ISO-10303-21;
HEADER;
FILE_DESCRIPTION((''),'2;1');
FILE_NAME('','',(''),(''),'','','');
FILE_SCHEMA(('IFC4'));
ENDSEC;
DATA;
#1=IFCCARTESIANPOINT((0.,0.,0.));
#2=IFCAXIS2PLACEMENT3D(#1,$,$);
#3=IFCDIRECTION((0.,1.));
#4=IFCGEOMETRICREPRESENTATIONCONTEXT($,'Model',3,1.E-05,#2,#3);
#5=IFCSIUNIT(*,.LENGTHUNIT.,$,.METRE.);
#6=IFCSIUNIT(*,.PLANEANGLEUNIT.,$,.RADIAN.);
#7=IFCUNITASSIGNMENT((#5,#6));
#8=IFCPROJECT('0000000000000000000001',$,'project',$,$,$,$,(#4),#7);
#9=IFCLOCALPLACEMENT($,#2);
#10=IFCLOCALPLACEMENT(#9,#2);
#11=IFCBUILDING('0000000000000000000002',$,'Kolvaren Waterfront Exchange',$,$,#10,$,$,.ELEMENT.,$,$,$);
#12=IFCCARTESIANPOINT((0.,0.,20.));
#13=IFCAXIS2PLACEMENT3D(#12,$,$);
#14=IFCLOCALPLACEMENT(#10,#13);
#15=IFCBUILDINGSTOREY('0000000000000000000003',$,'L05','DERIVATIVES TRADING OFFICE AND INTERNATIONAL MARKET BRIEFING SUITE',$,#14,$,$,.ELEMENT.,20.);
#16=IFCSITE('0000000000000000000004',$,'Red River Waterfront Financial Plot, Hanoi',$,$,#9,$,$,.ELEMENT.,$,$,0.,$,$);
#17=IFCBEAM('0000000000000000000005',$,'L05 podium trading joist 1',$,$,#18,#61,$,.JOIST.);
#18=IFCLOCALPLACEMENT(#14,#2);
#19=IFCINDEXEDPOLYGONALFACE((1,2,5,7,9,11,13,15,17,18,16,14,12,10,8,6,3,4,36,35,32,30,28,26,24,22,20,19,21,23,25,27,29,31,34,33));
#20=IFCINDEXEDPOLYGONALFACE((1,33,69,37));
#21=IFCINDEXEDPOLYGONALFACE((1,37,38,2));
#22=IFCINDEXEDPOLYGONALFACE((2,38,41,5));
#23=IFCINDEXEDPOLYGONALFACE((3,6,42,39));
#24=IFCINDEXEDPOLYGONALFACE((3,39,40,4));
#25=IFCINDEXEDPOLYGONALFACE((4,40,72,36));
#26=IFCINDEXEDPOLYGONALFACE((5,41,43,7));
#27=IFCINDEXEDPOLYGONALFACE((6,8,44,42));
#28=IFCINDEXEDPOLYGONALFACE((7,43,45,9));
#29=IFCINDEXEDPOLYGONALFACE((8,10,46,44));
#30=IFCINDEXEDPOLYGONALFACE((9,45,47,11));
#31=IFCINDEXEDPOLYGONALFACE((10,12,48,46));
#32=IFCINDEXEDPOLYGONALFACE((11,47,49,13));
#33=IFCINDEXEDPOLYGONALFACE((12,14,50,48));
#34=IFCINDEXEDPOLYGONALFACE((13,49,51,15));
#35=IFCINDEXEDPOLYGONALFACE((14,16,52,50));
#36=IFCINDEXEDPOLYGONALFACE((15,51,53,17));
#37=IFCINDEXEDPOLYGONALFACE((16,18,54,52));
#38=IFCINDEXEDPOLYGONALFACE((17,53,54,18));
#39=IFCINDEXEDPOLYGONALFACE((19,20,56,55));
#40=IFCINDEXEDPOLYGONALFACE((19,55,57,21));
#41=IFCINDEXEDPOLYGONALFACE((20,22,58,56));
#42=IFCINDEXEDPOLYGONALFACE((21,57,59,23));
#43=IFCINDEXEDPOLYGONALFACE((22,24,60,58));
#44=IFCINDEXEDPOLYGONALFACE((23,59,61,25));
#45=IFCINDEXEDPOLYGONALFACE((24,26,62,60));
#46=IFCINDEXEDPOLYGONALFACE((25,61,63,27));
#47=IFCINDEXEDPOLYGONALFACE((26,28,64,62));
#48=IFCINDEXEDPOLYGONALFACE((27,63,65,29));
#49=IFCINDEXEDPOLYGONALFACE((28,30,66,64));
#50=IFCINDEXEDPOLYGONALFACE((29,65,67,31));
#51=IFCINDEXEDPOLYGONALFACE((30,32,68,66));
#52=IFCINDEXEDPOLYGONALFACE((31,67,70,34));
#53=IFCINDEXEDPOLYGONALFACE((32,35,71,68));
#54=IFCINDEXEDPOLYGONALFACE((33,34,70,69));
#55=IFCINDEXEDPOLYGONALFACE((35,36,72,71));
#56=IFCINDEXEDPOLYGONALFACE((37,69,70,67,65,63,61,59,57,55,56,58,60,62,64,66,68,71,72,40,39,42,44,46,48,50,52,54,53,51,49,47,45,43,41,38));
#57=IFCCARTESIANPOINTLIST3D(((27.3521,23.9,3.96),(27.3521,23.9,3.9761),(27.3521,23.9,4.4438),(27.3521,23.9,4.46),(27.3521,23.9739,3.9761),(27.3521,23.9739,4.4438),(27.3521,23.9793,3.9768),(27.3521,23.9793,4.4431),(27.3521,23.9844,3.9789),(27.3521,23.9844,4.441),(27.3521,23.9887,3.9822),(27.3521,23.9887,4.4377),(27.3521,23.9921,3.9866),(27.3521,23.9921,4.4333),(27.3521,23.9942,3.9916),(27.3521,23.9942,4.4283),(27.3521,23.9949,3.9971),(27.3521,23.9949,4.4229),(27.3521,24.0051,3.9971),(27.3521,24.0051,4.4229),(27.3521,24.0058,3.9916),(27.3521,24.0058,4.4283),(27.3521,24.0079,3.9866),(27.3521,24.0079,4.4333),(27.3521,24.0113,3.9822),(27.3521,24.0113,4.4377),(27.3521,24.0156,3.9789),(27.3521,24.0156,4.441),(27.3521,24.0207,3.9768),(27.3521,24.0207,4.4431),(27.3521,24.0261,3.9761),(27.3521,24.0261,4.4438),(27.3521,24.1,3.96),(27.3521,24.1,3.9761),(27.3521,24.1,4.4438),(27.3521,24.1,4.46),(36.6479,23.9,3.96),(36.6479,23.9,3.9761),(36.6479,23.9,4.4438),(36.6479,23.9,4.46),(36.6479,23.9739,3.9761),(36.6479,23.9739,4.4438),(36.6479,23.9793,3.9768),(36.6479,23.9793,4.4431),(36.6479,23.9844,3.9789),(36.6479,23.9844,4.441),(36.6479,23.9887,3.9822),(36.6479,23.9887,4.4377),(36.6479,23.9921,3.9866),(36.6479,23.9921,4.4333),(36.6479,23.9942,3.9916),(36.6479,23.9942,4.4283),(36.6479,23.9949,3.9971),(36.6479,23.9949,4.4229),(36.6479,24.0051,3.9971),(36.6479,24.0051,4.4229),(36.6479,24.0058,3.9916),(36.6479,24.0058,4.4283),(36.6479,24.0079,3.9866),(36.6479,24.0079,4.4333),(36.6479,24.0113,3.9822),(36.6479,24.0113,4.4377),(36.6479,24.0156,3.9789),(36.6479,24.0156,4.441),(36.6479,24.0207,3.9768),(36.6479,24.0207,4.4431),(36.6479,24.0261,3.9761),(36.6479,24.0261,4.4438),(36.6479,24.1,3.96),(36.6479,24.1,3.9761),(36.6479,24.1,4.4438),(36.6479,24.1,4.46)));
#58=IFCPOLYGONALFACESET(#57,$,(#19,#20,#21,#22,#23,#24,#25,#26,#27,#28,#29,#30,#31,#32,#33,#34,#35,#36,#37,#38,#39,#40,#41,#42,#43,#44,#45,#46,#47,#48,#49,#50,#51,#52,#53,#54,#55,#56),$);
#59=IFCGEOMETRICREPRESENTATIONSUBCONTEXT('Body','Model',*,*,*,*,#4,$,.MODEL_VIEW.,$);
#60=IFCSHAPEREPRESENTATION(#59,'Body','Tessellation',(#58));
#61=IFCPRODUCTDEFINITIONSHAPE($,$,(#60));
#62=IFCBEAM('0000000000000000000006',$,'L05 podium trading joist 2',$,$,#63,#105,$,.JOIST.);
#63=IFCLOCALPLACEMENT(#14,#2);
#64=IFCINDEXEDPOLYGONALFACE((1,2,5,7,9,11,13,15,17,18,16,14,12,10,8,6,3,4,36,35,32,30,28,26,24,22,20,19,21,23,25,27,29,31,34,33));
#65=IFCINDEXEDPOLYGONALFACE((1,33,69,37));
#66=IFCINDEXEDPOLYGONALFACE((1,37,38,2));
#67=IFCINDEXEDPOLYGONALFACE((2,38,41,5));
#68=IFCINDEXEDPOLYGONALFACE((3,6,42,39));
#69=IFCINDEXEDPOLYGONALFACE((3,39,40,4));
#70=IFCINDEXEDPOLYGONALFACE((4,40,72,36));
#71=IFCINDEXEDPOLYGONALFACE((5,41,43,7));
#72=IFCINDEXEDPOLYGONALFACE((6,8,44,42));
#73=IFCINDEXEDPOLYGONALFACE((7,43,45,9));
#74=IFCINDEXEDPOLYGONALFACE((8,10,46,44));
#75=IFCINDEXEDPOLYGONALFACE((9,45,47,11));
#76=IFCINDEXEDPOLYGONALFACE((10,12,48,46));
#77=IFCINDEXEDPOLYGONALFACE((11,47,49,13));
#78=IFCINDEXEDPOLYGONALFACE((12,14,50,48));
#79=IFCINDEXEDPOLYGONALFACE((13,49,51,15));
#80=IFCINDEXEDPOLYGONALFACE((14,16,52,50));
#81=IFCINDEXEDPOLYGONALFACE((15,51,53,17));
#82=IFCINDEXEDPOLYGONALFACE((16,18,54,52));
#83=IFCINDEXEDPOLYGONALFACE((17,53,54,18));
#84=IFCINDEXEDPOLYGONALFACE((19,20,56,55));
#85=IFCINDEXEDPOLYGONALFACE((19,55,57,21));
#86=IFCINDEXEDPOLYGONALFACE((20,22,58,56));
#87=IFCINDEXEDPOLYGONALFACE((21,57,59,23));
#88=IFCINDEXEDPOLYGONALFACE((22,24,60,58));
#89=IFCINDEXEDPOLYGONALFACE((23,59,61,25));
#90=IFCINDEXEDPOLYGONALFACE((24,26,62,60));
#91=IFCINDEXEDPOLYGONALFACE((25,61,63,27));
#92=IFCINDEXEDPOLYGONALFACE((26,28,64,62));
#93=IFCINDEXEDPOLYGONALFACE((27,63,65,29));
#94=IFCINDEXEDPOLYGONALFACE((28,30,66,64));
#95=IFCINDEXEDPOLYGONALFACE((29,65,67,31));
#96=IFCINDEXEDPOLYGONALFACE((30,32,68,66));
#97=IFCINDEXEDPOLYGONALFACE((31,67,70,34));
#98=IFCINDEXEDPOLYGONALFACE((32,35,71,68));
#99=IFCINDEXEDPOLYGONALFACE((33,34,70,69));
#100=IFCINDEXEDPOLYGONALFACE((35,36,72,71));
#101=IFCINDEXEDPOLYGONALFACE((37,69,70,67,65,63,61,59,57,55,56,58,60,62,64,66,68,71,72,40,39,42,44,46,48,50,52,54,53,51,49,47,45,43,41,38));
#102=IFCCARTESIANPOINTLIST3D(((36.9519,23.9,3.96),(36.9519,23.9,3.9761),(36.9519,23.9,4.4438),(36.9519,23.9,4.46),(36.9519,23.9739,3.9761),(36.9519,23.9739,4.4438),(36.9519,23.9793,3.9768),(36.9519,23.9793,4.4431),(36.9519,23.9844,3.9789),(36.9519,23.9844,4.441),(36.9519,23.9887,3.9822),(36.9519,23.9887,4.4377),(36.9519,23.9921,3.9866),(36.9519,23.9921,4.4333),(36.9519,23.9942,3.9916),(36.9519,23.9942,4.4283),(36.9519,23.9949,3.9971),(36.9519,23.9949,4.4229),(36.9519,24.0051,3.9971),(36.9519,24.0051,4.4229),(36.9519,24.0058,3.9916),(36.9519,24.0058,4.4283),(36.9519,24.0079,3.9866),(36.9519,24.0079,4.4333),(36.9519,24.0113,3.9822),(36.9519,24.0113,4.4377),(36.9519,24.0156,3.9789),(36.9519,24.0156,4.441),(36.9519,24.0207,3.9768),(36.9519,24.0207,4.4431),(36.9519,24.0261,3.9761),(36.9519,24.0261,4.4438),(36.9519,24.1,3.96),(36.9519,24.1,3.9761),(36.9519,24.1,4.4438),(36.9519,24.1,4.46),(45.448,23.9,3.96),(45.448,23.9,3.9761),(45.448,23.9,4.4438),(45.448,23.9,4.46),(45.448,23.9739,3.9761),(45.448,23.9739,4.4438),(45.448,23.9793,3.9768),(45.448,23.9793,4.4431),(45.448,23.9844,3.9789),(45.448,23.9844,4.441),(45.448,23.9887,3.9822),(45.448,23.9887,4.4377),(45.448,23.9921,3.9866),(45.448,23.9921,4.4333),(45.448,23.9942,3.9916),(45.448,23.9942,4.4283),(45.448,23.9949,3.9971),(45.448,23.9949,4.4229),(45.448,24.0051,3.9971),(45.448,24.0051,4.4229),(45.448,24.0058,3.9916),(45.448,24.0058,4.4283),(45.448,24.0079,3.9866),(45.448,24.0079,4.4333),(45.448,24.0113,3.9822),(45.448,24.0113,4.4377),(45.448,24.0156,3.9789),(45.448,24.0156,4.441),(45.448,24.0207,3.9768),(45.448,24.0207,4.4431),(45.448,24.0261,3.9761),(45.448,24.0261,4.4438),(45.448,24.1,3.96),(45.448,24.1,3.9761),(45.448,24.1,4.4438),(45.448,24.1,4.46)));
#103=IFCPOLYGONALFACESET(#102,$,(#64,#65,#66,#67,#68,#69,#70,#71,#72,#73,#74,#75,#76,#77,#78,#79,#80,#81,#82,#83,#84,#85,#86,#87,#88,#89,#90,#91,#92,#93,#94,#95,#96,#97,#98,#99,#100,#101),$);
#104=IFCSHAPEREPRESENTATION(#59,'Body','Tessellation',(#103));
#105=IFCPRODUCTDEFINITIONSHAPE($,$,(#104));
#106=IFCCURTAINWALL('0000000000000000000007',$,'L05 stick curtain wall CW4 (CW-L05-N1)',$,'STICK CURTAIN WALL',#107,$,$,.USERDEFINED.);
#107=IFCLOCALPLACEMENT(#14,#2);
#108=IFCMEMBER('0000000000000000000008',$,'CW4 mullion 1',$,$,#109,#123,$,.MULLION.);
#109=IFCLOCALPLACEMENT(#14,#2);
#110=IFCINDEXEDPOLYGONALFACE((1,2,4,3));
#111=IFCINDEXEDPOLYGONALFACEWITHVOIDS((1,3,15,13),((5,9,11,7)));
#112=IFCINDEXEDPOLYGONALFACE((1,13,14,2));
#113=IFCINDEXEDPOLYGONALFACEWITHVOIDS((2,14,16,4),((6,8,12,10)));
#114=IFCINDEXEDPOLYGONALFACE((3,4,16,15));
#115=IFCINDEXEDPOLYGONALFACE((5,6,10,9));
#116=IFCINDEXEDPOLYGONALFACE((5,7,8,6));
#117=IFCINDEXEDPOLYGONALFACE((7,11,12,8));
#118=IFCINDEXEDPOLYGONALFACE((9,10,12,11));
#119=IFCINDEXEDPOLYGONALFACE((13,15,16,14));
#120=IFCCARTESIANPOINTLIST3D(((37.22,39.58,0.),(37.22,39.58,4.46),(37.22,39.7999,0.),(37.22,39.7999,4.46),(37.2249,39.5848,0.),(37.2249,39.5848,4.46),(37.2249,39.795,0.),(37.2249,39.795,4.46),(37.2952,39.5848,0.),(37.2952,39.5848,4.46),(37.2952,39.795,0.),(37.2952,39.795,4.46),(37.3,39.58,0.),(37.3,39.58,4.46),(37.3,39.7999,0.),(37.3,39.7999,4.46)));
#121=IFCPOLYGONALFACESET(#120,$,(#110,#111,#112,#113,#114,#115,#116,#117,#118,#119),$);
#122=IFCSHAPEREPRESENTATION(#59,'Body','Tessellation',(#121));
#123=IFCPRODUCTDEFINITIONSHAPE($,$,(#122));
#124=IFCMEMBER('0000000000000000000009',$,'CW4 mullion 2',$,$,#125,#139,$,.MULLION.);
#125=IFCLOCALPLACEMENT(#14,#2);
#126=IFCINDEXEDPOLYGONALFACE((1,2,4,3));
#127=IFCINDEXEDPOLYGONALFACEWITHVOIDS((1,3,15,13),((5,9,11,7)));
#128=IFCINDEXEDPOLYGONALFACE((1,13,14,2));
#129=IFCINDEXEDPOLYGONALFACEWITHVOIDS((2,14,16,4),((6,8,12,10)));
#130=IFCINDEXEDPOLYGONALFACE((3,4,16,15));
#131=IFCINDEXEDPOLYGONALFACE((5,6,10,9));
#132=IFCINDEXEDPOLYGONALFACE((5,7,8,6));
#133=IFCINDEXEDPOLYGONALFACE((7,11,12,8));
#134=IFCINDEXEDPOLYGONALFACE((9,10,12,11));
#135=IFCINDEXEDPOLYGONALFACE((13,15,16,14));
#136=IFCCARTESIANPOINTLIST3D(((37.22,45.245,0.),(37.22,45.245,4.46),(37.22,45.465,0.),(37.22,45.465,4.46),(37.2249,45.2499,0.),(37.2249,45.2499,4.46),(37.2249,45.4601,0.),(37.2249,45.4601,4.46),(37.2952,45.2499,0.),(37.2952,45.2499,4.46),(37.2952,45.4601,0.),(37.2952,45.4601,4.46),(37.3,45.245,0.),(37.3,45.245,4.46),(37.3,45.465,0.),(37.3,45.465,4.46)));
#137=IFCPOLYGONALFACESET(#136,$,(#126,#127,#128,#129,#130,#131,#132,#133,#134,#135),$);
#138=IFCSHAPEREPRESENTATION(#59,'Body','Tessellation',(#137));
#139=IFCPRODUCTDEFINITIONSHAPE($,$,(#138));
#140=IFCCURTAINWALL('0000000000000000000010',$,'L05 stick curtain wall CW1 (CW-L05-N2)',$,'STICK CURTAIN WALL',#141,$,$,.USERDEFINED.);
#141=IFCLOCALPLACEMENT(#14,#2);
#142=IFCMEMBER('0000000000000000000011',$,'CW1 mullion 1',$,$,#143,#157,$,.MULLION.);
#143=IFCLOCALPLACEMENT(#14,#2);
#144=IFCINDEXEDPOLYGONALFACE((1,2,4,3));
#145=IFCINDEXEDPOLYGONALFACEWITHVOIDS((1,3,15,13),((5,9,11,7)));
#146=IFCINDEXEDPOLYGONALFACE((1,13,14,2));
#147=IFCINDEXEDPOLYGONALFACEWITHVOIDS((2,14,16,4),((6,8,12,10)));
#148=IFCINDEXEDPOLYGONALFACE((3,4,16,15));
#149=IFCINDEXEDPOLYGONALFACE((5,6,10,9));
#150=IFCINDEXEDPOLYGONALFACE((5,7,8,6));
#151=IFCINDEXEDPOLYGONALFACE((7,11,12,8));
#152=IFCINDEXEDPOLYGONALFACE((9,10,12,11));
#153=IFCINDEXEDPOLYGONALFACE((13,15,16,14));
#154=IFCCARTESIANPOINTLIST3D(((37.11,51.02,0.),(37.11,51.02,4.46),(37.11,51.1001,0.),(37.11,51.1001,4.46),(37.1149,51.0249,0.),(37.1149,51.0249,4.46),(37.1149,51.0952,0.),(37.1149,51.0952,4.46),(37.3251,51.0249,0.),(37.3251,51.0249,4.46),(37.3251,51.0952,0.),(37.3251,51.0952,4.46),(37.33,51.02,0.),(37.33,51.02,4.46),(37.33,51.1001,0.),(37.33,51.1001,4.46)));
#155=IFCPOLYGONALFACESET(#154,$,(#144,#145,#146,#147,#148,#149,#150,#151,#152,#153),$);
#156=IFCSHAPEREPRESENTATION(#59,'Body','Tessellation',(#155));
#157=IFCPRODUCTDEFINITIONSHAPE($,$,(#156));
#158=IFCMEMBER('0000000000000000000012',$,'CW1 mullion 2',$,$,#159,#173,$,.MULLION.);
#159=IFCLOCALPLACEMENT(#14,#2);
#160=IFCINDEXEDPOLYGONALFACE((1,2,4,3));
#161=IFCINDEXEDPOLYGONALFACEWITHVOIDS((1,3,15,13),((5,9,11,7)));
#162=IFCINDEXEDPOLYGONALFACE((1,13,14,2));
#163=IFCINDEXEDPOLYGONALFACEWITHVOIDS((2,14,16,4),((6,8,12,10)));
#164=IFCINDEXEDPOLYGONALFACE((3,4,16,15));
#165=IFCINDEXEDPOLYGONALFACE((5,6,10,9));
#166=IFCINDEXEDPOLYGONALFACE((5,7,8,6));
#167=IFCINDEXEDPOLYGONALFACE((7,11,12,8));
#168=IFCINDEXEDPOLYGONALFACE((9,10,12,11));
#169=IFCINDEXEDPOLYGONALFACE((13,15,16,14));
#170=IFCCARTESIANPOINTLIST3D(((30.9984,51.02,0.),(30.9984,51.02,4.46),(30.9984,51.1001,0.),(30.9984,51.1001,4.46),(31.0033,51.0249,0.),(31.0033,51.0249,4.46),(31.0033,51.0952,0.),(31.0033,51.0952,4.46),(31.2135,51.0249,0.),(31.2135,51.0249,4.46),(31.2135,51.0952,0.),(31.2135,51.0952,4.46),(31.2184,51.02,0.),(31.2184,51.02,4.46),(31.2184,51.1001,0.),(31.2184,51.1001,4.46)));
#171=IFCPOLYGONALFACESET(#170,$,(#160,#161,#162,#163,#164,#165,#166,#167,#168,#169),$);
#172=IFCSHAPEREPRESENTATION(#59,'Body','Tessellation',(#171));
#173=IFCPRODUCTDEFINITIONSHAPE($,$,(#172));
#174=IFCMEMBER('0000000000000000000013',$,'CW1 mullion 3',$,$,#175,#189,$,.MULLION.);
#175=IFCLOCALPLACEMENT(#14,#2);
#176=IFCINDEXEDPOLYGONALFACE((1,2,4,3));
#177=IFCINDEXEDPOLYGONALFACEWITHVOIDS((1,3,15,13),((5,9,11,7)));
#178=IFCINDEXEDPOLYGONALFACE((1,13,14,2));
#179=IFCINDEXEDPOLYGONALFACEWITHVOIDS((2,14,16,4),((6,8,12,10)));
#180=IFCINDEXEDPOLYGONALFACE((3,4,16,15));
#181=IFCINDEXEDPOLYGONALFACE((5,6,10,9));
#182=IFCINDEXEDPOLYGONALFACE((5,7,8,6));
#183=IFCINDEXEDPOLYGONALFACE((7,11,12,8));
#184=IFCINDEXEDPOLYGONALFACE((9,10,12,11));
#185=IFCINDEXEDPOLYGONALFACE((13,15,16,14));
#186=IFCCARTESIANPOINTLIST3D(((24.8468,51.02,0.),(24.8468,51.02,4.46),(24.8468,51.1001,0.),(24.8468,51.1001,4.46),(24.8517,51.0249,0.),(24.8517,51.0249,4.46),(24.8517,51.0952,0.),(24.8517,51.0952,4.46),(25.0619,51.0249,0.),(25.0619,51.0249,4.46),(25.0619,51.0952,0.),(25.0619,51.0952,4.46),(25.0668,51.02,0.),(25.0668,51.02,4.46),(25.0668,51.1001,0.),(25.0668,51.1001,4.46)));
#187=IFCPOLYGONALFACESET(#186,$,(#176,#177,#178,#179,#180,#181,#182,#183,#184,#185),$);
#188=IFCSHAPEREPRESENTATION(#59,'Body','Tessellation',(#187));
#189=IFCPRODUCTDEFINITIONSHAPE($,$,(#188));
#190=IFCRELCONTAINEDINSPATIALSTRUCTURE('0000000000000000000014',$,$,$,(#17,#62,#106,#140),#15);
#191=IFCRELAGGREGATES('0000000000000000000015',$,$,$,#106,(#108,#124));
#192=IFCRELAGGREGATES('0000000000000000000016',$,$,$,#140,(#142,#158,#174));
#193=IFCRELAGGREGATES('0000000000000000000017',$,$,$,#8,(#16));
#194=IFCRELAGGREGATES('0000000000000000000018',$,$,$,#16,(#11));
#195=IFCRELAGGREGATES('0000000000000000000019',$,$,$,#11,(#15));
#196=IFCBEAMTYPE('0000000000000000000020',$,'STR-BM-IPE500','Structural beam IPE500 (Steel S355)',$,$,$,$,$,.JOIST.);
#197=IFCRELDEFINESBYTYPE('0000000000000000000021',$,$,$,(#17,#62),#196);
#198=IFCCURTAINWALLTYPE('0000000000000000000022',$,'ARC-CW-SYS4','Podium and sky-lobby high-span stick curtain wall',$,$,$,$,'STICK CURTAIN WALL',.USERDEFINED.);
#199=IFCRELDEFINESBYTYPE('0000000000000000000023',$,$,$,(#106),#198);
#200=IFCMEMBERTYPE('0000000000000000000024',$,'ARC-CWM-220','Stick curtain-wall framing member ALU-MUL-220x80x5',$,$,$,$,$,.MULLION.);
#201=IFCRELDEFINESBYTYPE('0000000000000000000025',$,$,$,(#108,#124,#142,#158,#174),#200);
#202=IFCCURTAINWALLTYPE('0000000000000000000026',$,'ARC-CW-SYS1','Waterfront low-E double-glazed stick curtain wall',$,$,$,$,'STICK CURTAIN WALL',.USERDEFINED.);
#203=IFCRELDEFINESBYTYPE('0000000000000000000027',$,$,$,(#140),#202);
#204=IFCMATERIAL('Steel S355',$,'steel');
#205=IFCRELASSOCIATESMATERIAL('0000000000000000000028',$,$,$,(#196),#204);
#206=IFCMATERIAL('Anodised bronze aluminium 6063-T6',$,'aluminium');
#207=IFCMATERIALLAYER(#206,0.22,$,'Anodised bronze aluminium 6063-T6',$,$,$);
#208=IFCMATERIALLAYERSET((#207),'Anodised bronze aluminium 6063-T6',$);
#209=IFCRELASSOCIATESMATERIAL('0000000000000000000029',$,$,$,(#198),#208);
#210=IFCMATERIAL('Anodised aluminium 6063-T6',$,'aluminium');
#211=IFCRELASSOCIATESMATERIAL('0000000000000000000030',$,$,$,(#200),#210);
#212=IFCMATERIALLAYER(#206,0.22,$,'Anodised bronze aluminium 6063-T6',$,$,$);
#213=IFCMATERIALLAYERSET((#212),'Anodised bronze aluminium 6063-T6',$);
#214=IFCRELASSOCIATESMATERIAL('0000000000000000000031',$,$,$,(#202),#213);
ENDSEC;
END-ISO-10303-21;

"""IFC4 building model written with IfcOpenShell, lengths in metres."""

from ifc_helpers import new_model, si_unit, direction, frame, origin, origin_with_axes, origin_2d, place, context, subcontext, project, spatial, hollow_rectangle, i_section, extrude, source, transform, mapped, material, layer, layer_set, material_profile, profile_set, type_object, element, aggregate, save


model = new_model("IFC4")

# Units and contexts
model_context = context("Model", 3, precision=1e-05, world=origin(), true_north=direction((0.0, 1.0)))
body_context = subcontext(model_context, "Body", "Model", "MODEL_VIEW")
ifc_project = project(units=[si_unit("LENGTHUNIT", "METRE"), si_unit("PLANEANGLEUNIT", "RADIAN")], contexts=[model_context])

# Site, building, storey
site_placement = place(None, origin())
site = spatial("IfcSite", under=ifc_project, at=site_placement, Name="Red River Waterfront Financial Plot, Hanoi", CompositionType="ELEMENT", RefElevation=0.0)
building_placement = place(site_placement, origin())
building = spatial("IfcBuilding", under=site, at=building_placement, Name="Kolvaren Waterfront Exchange", CompositionType="ELEMENT")
storey_placement = place(building_placement, frame((0.0, 0.0, 20.0)))
storey = spatial("IfcBuildingStorey", under=building, at=storey_placement, Name="L05", Description="DERIVATIVES TRADING OFFICE AND INTERNATIONAL MARKET BRIEFING SUITE", CompositionType="ELEMENT", Elevation=20.0)

# Beams
ifc_material_1 = material(Name="Steel S355", Category="steel")
ifc_material_profile_1 = material_profile(ifc_material_1, i_section(OverallWidth=0.2, OverallDepth=0.5, WebThickness=0.0103, FlangeThickness=0.0161, FilletRadius=0.021, at=origin_2d()), Name="IPE500")
ifc_profile_set_1 = profile_set([ifc_material_profile_1], Name="Steel S355")
beam_type_1 = type_object("IfcBeamType", Name="STR-BM-IPE500", Description="Structural beam IPE500 (Steel S355)", PredefinedType="JOIST", material=ifc_profile_set_1)
beam_1_placement = place(storey_placement, frame((27.3521, 24.0, 4.21), z_axis=(1.0, 0.0, 0.0), x_axis=(0.0, 1.0, 0.0)))
element("IfcBeam", 1, at=beam_1_placement, inside=storey, type_object=beam_type_1, Name="L05 podium trading joist 1", PredefinedType="JOIST", context=body_context, shape_type="SweptSolid", body=[
    extrude(i_section(OverallWidth=0.2, OverallDepth=0.5, WebThickness=0.0103, FlangeThickness=0.0161, FilletRadius=0.021, at=origin_2d()), origin(), (0.0, 0.0, 1.0), 9.2959),
])
beam_2_placement = place(storey_placement, frame((36.9519, 24.0, 4.21), z_axis=(1.0, 0.0, 0.0), x_axis=(0.0, 1.0, 0.0)))
element("IfcBeam", 2, at=beam_2_placement, inside=storey, type_object=beam_type_1, Name="L05 podium trading joist 2", PredefinedType="JOIST", context=body_context, shape_type="SweptSolid", body=[
    extrude(i_section(OverallWidth=0.2, OverallDepth=0.5, WebThickness=0.0103, FlangeThickness=0.0161, FilletRadius=0.021, at=origin_2d()), origin(), (0.0, 0.0, 1.0), 8.4961),
])

# Curtain walls, members
ifc_material_2 = material(Name="Anodised bronze aluminium 6063-T6", Category="aluminium")
ifc_layer_1 = layer(ifc_material_2, 0.22, Name="Anodised bronze aluminium 6063-T6")
ifc_layer_set_1 = layer_set([ifc_layer_1], Name="Anodised bronze aluminium 6063-T6")
curtain_wall_type_1 = type_object("IfcCurtainWallType", Name="ARC-CW-SYS4", Description="Podium and sky-lobby high-span stick curtain wall", ElementType="STICK CURTAIN WALL", PredefinedType="USERDEFINED", material=ifc_layer_set_1)
curtain_wall_1_placement = place(storey_placement, origin())
curtain_wall_1 = element("IfcCurtainWall", 3, at=curtain_wall_1_placement, inside=storey, type_object=curtain_wall_type_1, Name="L05 stick curtain wall CW4 (CW-L05-N1)", ObjectType="STICK CURTAIN WALL", PredefinedType="USERDEFINED")
ifc_material_3 = material(Name="Anodised aluminium 6063-T6", Category="aluminium")
ifc_material_profile_2 = material_profile(ifc_material_3, hollow_rectangle(XDim=0.0801, YDim=0.22, WallThickness=0.0049, at=origin_2d()), Name="ALU-MUL-220x80x5")
ifc_profile_set_2 = profile_set([ifc_material_profile_2], Name="Anodised aluminium 6063-T6")
member_type_1 = type_object("IfcMemberType", Name="ARC-CWM-220", Description="Stick curtain-wall framing member ALU-MUL-220x80x5", PredefinedType="MULLION", material=ifc_profile_set_2)
shared_shape_1 = source(origin_with_axes(), body_context, "Body", "SweptSolid", [
    extrude(hollow_rectangle(XDim=0.0801, YDim=0.22, WallThickness=0.0049, at=origin_2d()), origin(), (0.0, 0.0, 1.0), 4.46),
])
member_1_placement = place(storey_placement, frame((37.26, 39.6899, 0.0), z_axis=(0.0, 0.0, 1.0), x_axis=(-1.0, 0.0, 0.0)))
member_1 = element("IfcMember", 4, at=member_1_placement, type_object=member_type_1, Name="CW4 mullion 1", PredefinedType="MULLION", context=body_context, shape_type="MappedRepresentation", body=[
    mapped(shared_shape_1, transform((0.0, 0.0, 0.0), x_axis=(1.0, 0.0, 0.0), y_axis=(0.0, 1.0, 0.0), z_axis=(0.0, 0.0, 1.0), scale=1.0)),
])
member_2_placement = place(storey_placement, frame((37.26, 45.355, 0.0), z_axis=(0.0, 0.0, 1.0), x_axis=(-1.0, 0.0, 0.0)))
member_2 = element("IfcMember", 5, at=member_2_placement, type_object=member_type_1, Name="CW4 mullion 2", PredefinedType="MULLION", context=body_context, shape_type="MappedRepresentation", body=[
    mapped(shared_shape_1, transform((0.0, 0.0, 0.0), x_axis=(1.0, 0.0, 0.0), y_axis=(0.0, 1.0, 0.0), z_axis=(0.0, 0.0, 1.0), scale=1.0)),
])
ifc_layer_2 = layer(ifc_material_2, 0.22, Name="Anodised bronze aluminium 6063-T6")
ifc_layer_set_2 = layer_set([ifc_layer_2], Name="Anodised bronze aluminium 6063-T6")
curtain_wall_type_2 = type_object("IfcCurtainWallType", Name="ARC-CW-SYS1", Description="Waterfront low-E double-glazed stick curtain wall", ElementType="STICK CURTAIN WALL", PredefinedType="USERDEFINED", material=ifc_layer_set_2)
curtain_wall_2_placement = place(storey_placement, origin())
curtain_wall_2 = element("IfcCurtainWall", 6, at=curtain_wall_2_placement, inside=storey, type_object=curtain_wall_type_2, Name="L05 stick curtain wall CW1 (CW-L05-N2)", ObjectType="STICK CURTAIN WALL", PredefinedType="USERDEFINED")
member_3_placement = place(storey_placement, frame((37.22, 51.0601, 0.0), z_axis=(0.0, 0.0, 1.0), x_axis=(0.0, -1.0, 0.0)))
member_3 = element("IfcMember", 7, at=member_3_placement, type_object=member_type_1, Name="CW1 mullion 1", PredefinedType="MULLION", context=body_context, shape_type="MappedRepresentation", body=[
    mapped(shared_shape_1, transform((0.0, 0.0, 0.0), x_axis=(1.0, 0.0, 0.0), y_axis=(0.0, 1.0, 0.0), z_axis=(0.0, 0.0, 1.0), scale=1.0)),
])
member_4_placement = place(storey_placement, frame((31.1084, 51.0601, 0.0), z_axis=(0.0, 0.0, 1.0), x_axis=(0.0, -1.0, 0.0)))
member_4 = element("IfcMember", 8, at=member_4_placement, type_object=member_type_1, Name="CW1 mullion 2", PredefinedType="MULLION", context=body_context, shape_type="MappedRepresentation", body=[
    mapped(shared_shape_1, transform((0.0, 0.0, 0.0), x_axis=(1.0, 0.0, 0.0), y_axis=(0.0, 1.0, 0.0), z_axis=(0.0, 0.0, 1.0), scale=1.0)),
])
member_5_placement = place(storey_placement, frame((24.9568, 51.0601, 0.0), z_axis=(0.0, 0.0, 1.0), x_axis=(0.0, -1.0, 0.0)))
member_5 = element("IfcMember", 9, at=member_5_placement, type_object=member_type_1, Name="CW1 mullion 3", PredefinedType="MULLION", context=body_context, shape_type="MappedRepresentation", body=[
    mapped(shared_shape_1, transform((0.0, 0.0, 0.0), x_axis=(1.0, 0.0, 0.0), y_axis=(0.0, 1.0, 0.0), z_axis=(0.0, 0.0, 1.0), scale=1.0)),
])

aggregate(curtain_wall_1, [member_1, member_2])
aggregate(curtain_wall_2, [member_3, member_4, member_5])

save(model, "model.ifc")
